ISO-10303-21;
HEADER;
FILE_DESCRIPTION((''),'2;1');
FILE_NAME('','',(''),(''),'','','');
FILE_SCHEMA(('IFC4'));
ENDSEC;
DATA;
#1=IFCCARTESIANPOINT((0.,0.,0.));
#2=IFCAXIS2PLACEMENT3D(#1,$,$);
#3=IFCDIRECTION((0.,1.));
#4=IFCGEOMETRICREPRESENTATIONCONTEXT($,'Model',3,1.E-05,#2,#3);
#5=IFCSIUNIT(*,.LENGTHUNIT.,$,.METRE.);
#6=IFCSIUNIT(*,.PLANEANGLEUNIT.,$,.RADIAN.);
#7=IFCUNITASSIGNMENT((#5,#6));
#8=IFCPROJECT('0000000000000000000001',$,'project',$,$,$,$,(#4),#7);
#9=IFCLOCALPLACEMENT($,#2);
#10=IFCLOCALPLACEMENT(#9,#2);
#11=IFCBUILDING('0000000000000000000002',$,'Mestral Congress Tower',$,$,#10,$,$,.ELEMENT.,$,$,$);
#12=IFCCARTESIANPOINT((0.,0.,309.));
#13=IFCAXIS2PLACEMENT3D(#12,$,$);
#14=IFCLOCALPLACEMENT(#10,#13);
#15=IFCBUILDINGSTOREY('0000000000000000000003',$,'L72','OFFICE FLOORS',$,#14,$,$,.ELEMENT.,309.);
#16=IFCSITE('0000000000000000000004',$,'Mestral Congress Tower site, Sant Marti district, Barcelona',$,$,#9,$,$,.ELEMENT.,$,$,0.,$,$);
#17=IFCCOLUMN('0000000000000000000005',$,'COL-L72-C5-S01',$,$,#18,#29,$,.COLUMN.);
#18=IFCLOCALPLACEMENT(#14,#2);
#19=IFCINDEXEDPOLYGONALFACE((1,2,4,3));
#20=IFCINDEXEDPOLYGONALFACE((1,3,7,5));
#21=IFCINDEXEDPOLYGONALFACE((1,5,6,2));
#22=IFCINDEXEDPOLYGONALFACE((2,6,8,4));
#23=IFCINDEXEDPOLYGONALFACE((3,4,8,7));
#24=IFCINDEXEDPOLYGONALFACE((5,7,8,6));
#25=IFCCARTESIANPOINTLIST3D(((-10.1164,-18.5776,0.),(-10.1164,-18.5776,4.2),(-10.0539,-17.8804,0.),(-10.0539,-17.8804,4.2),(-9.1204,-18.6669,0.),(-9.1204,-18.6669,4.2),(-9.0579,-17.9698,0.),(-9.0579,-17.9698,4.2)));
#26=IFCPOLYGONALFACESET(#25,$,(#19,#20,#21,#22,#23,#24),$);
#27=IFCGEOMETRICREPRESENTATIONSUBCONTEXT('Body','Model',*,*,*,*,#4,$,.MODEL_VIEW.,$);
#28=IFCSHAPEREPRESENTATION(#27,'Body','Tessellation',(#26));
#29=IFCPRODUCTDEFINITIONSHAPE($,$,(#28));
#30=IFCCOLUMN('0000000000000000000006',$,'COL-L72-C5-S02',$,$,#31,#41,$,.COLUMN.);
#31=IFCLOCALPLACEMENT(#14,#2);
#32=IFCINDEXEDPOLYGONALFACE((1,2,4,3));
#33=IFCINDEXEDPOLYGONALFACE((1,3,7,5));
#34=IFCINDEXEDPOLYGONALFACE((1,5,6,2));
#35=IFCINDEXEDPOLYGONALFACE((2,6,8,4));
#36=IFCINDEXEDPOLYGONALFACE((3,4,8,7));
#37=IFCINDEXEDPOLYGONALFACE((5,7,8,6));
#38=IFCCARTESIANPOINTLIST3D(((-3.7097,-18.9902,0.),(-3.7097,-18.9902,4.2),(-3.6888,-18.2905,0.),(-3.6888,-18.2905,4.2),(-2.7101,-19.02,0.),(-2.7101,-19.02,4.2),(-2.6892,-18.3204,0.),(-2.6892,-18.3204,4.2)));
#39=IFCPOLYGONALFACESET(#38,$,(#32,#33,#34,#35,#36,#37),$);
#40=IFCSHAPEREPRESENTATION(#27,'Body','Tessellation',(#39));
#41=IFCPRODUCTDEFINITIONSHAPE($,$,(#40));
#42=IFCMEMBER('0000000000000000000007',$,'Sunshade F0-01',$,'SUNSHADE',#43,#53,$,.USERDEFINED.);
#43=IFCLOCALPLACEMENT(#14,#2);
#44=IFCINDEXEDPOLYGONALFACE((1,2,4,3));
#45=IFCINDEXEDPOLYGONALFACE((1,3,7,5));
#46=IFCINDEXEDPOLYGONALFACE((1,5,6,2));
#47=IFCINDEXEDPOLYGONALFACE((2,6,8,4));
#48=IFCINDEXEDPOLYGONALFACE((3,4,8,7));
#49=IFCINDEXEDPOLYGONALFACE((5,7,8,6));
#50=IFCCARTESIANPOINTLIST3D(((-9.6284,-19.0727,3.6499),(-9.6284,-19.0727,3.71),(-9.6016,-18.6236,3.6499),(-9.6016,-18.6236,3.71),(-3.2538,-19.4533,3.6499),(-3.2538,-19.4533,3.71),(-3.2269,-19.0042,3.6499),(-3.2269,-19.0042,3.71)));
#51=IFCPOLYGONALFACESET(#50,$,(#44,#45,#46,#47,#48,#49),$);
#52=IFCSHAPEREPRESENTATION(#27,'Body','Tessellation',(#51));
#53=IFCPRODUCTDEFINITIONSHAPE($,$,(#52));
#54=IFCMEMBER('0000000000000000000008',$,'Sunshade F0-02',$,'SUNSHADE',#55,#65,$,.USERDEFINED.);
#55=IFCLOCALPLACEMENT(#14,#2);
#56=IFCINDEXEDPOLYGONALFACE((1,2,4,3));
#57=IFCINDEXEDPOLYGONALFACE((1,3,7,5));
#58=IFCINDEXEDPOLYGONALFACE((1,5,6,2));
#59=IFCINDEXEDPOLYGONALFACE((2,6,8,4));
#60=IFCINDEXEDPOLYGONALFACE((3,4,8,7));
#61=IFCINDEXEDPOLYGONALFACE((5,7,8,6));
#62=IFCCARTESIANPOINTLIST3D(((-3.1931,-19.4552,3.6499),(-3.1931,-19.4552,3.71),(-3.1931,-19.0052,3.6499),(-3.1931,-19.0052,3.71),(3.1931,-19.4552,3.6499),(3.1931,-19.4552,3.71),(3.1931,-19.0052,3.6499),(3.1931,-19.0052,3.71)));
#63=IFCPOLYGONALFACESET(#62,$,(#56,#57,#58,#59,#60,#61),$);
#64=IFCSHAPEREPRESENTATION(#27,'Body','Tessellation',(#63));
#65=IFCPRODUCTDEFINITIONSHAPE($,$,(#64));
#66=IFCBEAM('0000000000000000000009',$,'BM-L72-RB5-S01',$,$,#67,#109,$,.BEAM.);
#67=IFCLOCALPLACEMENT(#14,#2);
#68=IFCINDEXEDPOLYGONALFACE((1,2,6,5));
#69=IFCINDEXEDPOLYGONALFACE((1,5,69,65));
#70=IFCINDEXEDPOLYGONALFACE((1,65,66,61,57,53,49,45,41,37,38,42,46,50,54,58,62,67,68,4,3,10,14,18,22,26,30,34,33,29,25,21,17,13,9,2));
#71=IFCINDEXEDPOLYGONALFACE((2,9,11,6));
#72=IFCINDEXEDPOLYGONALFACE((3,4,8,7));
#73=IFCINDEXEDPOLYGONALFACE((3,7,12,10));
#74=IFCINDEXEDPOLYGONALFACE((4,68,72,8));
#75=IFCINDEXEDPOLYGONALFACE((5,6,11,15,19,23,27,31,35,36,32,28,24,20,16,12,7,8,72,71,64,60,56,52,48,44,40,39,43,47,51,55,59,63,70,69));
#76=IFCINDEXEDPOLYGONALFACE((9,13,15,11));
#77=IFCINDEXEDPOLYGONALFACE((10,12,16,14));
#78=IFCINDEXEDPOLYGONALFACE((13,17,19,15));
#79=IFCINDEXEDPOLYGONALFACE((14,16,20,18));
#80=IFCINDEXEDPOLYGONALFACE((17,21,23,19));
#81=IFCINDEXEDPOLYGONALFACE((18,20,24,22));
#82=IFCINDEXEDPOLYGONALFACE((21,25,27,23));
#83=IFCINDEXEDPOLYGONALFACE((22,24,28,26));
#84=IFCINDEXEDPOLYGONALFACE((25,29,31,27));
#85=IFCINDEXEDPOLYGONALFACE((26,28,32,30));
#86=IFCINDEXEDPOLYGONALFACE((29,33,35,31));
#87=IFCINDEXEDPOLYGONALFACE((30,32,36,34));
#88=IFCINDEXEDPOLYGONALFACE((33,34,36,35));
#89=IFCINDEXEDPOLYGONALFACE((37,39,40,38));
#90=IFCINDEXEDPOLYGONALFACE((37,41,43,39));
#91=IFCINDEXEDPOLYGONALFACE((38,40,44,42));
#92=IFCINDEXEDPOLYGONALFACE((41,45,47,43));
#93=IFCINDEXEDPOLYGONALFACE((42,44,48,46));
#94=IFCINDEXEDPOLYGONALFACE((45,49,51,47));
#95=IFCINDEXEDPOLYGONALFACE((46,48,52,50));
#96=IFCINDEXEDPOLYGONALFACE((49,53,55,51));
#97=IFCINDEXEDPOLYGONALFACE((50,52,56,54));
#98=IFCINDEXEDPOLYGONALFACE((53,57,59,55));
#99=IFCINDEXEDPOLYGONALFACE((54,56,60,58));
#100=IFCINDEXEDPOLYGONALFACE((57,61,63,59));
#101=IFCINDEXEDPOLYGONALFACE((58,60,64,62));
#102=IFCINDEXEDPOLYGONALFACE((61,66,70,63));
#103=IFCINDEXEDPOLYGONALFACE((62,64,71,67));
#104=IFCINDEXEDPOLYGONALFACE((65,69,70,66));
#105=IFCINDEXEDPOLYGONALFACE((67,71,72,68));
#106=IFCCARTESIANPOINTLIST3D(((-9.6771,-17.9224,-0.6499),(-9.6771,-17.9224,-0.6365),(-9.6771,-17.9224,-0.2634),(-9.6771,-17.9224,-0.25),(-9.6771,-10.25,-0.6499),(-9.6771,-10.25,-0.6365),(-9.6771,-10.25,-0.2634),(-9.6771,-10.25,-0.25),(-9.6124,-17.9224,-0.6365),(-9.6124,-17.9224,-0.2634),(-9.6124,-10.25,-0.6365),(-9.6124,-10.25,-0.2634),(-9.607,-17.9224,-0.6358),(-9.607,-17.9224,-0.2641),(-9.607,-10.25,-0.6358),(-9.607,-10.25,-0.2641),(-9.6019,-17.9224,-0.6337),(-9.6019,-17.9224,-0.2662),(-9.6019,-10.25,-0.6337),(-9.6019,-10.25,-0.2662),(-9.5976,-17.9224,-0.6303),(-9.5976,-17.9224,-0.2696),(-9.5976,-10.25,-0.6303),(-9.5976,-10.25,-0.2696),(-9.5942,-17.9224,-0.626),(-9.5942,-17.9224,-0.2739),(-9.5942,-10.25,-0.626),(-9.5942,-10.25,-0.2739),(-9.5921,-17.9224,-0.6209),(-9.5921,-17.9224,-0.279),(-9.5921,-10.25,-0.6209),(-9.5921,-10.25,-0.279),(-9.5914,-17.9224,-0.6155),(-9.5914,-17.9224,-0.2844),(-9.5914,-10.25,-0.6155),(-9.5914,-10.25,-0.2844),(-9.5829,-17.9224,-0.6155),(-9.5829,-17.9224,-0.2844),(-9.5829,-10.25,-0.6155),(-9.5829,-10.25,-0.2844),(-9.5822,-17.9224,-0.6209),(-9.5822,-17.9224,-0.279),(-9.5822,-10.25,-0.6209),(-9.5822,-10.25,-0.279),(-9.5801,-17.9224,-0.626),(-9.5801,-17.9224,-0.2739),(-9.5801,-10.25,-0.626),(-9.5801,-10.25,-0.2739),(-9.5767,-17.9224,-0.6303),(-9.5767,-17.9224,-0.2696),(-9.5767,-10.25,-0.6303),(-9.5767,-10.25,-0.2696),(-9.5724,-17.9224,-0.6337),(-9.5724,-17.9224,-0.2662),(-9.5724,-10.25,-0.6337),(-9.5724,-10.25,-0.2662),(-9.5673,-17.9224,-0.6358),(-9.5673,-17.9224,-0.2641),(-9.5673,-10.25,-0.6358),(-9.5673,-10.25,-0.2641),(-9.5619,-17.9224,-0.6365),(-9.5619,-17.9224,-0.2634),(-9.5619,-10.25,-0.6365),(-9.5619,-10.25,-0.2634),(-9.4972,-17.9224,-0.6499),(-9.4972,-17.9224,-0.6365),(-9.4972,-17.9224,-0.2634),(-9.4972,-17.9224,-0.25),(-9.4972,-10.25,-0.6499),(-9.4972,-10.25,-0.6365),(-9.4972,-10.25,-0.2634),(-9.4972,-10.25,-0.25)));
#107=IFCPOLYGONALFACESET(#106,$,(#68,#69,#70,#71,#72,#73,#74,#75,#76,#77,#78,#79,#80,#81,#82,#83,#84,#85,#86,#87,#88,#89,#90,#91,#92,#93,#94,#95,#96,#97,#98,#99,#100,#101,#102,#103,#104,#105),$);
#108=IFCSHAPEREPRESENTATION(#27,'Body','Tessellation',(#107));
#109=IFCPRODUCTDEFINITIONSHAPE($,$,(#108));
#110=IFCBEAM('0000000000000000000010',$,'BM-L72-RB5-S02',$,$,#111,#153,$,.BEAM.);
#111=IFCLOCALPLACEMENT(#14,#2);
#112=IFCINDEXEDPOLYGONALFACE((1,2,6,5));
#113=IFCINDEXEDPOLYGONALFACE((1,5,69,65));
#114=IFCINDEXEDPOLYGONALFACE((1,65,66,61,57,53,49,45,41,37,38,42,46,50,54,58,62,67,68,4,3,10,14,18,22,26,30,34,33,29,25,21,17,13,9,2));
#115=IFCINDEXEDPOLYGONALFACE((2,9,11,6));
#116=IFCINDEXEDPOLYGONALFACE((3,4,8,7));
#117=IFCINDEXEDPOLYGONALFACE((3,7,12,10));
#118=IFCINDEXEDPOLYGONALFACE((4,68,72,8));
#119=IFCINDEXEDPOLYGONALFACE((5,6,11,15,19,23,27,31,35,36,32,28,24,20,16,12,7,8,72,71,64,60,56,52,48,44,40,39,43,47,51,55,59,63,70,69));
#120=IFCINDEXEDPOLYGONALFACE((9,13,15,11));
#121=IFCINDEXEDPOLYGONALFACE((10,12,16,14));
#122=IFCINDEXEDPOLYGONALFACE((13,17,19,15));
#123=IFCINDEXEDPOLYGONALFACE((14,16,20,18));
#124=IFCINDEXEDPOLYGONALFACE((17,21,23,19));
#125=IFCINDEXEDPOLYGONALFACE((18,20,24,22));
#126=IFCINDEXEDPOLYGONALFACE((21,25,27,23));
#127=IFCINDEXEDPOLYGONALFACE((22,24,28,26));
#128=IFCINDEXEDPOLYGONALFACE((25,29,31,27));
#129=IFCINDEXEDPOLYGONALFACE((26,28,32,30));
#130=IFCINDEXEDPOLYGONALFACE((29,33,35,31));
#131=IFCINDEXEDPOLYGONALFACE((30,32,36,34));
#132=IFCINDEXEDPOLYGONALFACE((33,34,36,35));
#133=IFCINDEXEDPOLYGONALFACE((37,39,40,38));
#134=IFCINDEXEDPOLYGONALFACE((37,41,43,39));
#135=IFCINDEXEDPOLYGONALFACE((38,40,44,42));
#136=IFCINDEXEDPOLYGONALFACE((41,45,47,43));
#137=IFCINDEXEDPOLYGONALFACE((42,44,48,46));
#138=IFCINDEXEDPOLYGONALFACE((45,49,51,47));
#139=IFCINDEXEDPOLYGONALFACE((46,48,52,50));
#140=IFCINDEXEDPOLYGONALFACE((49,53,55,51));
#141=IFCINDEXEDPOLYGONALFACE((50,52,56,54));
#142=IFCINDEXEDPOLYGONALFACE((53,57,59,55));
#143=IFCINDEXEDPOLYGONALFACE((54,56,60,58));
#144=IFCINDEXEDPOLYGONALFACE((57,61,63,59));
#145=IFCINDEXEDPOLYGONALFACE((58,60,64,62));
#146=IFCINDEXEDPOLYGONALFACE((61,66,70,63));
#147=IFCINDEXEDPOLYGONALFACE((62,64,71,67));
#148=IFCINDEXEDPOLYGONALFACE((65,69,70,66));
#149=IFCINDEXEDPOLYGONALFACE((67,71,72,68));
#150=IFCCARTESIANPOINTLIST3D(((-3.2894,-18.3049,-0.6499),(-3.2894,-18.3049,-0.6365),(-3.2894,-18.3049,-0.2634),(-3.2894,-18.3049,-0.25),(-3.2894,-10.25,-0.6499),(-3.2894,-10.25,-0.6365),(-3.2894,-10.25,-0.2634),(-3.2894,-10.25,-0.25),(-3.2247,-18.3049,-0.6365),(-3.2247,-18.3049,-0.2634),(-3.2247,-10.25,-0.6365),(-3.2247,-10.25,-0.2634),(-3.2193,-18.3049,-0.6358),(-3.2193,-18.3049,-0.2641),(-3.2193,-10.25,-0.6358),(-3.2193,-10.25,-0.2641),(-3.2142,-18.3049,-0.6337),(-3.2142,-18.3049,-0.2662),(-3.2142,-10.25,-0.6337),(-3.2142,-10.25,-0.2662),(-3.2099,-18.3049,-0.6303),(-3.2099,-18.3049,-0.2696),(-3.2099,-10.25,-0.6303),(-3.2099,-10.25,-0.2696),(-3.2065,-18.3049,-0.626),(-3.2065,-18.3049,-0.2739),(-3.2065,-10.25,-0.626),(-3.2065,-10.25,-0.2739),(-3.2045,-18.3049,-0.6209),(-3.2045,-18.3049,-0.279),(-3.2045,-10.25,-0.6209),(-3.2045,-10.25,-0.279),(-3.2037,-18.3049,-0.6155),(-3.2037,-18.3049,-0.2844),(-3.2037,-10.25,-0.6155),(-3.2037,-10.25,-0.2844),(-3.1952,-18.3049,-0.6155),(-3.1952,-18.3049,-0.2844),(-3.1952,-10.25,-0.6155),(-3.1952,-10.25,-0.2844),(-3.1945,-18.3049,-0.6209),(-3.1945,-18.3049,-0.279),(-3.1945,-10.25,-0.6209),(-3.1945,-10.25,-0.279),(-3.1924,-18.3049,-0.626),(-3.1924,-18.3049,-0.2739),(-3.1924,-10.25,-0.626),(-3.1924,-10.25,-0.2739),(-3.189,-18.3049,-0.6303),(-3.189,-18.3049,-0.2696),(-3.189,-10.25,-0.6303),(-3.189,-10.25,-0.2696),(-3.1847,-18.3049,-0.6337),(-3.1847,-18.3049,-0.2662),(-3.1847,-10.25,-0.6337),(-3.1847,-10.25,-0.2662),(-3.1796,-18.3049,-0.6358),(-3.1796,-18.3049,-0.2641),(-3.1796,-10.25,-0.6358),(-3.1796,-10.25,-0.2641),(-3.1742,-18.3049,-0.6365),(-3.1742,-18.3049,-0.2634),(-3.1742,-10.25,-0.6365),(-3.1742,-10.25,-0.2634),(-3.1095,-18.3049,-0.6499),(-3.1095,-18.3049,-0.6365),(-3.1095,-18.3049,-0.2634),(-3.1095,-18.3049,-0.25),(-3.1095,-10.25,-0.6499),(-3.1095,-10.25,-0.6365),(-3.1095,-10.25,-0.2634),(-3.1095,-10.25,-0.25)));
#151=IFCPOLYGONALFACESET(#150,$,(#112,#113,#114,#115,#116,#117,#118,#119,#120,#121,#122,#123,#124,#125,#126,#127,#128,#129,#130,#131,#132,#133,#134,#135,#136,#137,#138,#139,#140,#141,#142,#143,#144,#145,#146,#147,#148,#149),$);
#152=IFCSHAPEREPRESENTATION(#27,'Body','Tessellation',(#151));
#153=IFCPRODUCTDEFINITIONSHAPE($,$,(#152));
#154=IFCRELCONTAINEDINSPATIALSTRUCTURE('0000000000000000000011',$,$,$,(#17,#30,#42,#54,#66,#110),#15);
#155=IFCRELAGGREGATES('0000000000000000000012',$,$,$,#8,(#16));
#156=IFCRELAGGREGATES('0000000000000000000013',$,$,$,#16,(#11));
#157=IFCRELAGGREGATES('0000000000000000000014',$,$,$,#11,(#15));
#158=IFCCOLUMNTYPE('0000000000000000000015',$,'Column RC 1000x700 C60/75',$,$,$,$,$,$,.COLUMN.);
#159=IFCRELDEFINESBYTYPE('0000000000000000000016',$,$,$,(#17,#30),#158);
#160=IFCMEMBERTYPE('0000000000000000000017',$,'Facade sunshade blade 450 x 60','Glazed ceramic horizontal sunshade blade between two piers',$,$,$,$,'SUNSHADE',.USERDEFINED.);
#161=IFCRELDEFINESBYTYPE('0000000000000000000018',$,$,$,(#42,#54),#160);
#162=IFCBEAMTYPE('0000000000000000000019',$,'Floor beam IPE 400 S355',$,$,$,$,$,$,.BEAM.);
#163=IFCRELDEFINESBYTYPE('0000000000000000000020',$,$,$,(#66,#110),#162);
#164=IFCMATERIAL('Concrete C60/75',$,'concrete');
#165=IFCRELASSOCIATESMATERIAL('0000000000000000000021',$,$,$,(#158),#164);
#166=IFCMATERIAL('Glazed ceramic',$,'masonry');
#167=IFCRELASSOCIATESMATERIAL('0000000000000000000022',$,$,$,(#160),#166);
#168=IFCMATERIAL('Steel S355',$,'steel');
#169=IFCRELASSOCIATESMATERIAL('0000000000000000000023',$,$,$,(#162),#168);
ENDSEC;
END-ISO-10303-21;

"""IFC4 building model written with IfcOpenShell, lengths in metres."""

from ifc_helpers import new_model, si_unit, direction, frame, origin, origin_2d, place, context, subcontext, project, spatial, rectangle, i_section, extrude, material, material_profile, profile_set, type_object, element, save


model = new_model("IFC4")

# Units and contexts
model_context = context("Model", 3, precision=1e-05, world=origin(), true_north=direction((0.0, 1.0)))
body_context = subcontext(model_context, "Body", "Model", "MODEL_VIEW")
ifc_project = project(units=[si_unit("LENGTHUNIT", "METRE"), si_unit("PLANEANGLEUNIT", "RADIAN")], contexts=[model_context])

# Site, building, storey
site_placement = place(None, origin())
site = spatial("IfcSite", under=ifc_project, at=site_placement, Name="Mestral Congress Tower site, Sant Marti district, Barcelona", CompositionType="ELEMENT", RefElevation=0.0)
building_placement = place(site_placement, origin())
building = spatial("IfcBuilding", under=site, at=building_placement, Name="Mestral Congress Tower", CompositionType="ELEMENT")
storey_placement = place(building_placement, frame((0.0, 0.0, 309.0)))
storey = spatial("IfcBuildingStorey", under=building, at=storey_placement, Name="L72", Description="OFFICE FLOORS", CompositionType="ELEMENT", Elevation=309.0)

# Columns
ifc_material_1 = material(Name="Concrete C60/75", Category="concrete")
ifc_material_profile_1 = material_profile(ifc_material_1, rectangle(XDim=1.0, YDim=0.7, at=origin_2d()), Name="RC 1000x700")
ifc_profile_set_1 = profile_set([ifc_material_profile_1], Name="Concrete C60/75")
column_type = type_object("IfcColumnType", Name="Column RC 1000x700 C60/75", PredefinedType="COLUMN", material=ifc_profile_set_1)
for number, where, z_axis, x_axis, name in (
    (1, (-9.5872, -18.2737, 0.0), (0.0, 0.0, 1.0), (0.995998, -0.089378, 0.0), "COL-L72-C5-S01"),
    (2, (-3.1995, -18.6553, 0.0), (0.0, 0.0, 1.0), (0.999555, -0.029828, 0.0), "COL-L72-C5-S02"),
):
    element("IfcColumn", number, at=place(storey_placement, frame(where, z_axis=z_axis, x_axis=x_axis)), inside=storey, type_object=column_type, Name=name, PredefinedType="COLUMN", context=body_context, shape_type="SweptSolid", body=[
        extrude(rectangle(XDim=1.0, YDim=0.7, at=origin_2d()), origin(), (0.0, 0.0, 1.0), 4.2),
    ])

# Members
ifc_material_2 = material(Name="Glazed ceramic", Category="masonry")
ifc_material_profile_2 = material_profile(ifc_material_2, rectangle(XDim=0.45, YDim=0.0601, at=origin_2d()), Name="Ceramic blade 450 x 60")
ifc_profile_set_2 = profile_set([ifc_material_profile_2], Name="Glazed ceramic")
member_type = type_object("IfcMemberType", Name="Facade sunshade blade 450 x 60", Description="Glazed ceramic horizontal sunshade blade between two piers", ElementType="SUNSHADE", PredefinedType="USERDEFINED", material=ifc_profile_set_2)
member_1_placement = place(storey_placement, frame((-9.615, -18.8481, 3.6799), z_axis=(0.998222, -0.059603, 0.0), x_axis=(0.059603, 0.998222, 0.0)))
element("IfcMember", 3, at=member_1_placement, inside=storey, type_object=member_type, Name="Sunshade F0-01", ObjectType="SUNSHADE", PredefinedType="USERDEFINED", context=body_context, shape_type="SweptSolid", body=[
    extrude(rectangle(XDim=0.45, YDim=0.0601, at=origin_2d()), origin(), (0.0, 0.0, 1.0), 6.386),
])
member_2_placement = place(storey_placement, frame((-3.1931, -19.2302, 3.6799), z_axis=(1.0, 0.0, 0.0), x_axis=(0.0, 1.0, 0.0)))
element("IfcMember", 4, at=member_2_placement, inside=storey, type_object=member_type, Name="Sunshade F0-02", ObjectType="SUNSHADE", PredefinedType="USERDEFINED", context=body_context, shape_type="SweptSolid", body=[
    extrude(rectangle(XDim=0.45, YDim=0.0601, at=origin_2d()), origin(), (0.0, 0.0, 1.0), 6.3862),
])

# Beams
ifc_material_3 = material(Name="Steel S355", Category="steel")
ifc_material_profile_3 = material_profile(ifc_material_3, i_section(OverallWidth=0.1799, OverallDepth=0.3999, WebThickness=0.0085, FlangeThickness=0.0134, FilletRadius=0.021, at=origin_2d()), Name="IPE 400")
ifc_profile_set_3 = profile_set([ifc_material_profile_3], Name="Steel S355")
beam_type_1 = type_object("IfcBeamType", Name="Floor beam IPE 400 S355", PredefinedType="BEAM", material=ifc_profile_set_3)
beam_1_placement = place(storey_placement, frame((-9.5872, -17.9224, -0.45), z_axis=(0.0, 1.0, 0.0), x_axis=(-1.0, 0.0, 0.0)))
element("IfcBeam", 5, at=beam_1_placement, inside=storey, type_object=beam_type_1, Name="BM-L72-RB5-S01", PredefinedType="BEAM", context=body_context, shape_type="SweptSolid", body=[
    extrude(i_section(OverallWidth=0.1799, OverallDepth=0.3999, WebThickness=0.0085, FlangeThickness=0.0134, FilletRadius=0.021, at=origin_2d()), origin(), (0.0, 0.0, 1.0), 7.6724),
])
beam_2_placement = place(storey_placement, frame((-3.1995, -18.3049, -0.45), z_axis=(0.0, 1.0, 0.0), x_axis=(-1.0, 0.0, 0.0)))
element("IfcBeam", 6, at=beam_2_placement, inside=storey, type_object=beam_type_1, Name="BM-L72-RB5-S02", PredefinedType="BEAM", context=body_context, shape_type="SweptSolid", body=[
    extrude(i_section(OverallWidth=0.1799, OverallDepth=0.3999, WebThickness=0.0085, FlangeThickness=0.0134, FilletRadius=0.021, at=origin_2d()), origin(), (0.0, 0.0, 1.0), 8.0549),
])

save(model, "model.ifc")
